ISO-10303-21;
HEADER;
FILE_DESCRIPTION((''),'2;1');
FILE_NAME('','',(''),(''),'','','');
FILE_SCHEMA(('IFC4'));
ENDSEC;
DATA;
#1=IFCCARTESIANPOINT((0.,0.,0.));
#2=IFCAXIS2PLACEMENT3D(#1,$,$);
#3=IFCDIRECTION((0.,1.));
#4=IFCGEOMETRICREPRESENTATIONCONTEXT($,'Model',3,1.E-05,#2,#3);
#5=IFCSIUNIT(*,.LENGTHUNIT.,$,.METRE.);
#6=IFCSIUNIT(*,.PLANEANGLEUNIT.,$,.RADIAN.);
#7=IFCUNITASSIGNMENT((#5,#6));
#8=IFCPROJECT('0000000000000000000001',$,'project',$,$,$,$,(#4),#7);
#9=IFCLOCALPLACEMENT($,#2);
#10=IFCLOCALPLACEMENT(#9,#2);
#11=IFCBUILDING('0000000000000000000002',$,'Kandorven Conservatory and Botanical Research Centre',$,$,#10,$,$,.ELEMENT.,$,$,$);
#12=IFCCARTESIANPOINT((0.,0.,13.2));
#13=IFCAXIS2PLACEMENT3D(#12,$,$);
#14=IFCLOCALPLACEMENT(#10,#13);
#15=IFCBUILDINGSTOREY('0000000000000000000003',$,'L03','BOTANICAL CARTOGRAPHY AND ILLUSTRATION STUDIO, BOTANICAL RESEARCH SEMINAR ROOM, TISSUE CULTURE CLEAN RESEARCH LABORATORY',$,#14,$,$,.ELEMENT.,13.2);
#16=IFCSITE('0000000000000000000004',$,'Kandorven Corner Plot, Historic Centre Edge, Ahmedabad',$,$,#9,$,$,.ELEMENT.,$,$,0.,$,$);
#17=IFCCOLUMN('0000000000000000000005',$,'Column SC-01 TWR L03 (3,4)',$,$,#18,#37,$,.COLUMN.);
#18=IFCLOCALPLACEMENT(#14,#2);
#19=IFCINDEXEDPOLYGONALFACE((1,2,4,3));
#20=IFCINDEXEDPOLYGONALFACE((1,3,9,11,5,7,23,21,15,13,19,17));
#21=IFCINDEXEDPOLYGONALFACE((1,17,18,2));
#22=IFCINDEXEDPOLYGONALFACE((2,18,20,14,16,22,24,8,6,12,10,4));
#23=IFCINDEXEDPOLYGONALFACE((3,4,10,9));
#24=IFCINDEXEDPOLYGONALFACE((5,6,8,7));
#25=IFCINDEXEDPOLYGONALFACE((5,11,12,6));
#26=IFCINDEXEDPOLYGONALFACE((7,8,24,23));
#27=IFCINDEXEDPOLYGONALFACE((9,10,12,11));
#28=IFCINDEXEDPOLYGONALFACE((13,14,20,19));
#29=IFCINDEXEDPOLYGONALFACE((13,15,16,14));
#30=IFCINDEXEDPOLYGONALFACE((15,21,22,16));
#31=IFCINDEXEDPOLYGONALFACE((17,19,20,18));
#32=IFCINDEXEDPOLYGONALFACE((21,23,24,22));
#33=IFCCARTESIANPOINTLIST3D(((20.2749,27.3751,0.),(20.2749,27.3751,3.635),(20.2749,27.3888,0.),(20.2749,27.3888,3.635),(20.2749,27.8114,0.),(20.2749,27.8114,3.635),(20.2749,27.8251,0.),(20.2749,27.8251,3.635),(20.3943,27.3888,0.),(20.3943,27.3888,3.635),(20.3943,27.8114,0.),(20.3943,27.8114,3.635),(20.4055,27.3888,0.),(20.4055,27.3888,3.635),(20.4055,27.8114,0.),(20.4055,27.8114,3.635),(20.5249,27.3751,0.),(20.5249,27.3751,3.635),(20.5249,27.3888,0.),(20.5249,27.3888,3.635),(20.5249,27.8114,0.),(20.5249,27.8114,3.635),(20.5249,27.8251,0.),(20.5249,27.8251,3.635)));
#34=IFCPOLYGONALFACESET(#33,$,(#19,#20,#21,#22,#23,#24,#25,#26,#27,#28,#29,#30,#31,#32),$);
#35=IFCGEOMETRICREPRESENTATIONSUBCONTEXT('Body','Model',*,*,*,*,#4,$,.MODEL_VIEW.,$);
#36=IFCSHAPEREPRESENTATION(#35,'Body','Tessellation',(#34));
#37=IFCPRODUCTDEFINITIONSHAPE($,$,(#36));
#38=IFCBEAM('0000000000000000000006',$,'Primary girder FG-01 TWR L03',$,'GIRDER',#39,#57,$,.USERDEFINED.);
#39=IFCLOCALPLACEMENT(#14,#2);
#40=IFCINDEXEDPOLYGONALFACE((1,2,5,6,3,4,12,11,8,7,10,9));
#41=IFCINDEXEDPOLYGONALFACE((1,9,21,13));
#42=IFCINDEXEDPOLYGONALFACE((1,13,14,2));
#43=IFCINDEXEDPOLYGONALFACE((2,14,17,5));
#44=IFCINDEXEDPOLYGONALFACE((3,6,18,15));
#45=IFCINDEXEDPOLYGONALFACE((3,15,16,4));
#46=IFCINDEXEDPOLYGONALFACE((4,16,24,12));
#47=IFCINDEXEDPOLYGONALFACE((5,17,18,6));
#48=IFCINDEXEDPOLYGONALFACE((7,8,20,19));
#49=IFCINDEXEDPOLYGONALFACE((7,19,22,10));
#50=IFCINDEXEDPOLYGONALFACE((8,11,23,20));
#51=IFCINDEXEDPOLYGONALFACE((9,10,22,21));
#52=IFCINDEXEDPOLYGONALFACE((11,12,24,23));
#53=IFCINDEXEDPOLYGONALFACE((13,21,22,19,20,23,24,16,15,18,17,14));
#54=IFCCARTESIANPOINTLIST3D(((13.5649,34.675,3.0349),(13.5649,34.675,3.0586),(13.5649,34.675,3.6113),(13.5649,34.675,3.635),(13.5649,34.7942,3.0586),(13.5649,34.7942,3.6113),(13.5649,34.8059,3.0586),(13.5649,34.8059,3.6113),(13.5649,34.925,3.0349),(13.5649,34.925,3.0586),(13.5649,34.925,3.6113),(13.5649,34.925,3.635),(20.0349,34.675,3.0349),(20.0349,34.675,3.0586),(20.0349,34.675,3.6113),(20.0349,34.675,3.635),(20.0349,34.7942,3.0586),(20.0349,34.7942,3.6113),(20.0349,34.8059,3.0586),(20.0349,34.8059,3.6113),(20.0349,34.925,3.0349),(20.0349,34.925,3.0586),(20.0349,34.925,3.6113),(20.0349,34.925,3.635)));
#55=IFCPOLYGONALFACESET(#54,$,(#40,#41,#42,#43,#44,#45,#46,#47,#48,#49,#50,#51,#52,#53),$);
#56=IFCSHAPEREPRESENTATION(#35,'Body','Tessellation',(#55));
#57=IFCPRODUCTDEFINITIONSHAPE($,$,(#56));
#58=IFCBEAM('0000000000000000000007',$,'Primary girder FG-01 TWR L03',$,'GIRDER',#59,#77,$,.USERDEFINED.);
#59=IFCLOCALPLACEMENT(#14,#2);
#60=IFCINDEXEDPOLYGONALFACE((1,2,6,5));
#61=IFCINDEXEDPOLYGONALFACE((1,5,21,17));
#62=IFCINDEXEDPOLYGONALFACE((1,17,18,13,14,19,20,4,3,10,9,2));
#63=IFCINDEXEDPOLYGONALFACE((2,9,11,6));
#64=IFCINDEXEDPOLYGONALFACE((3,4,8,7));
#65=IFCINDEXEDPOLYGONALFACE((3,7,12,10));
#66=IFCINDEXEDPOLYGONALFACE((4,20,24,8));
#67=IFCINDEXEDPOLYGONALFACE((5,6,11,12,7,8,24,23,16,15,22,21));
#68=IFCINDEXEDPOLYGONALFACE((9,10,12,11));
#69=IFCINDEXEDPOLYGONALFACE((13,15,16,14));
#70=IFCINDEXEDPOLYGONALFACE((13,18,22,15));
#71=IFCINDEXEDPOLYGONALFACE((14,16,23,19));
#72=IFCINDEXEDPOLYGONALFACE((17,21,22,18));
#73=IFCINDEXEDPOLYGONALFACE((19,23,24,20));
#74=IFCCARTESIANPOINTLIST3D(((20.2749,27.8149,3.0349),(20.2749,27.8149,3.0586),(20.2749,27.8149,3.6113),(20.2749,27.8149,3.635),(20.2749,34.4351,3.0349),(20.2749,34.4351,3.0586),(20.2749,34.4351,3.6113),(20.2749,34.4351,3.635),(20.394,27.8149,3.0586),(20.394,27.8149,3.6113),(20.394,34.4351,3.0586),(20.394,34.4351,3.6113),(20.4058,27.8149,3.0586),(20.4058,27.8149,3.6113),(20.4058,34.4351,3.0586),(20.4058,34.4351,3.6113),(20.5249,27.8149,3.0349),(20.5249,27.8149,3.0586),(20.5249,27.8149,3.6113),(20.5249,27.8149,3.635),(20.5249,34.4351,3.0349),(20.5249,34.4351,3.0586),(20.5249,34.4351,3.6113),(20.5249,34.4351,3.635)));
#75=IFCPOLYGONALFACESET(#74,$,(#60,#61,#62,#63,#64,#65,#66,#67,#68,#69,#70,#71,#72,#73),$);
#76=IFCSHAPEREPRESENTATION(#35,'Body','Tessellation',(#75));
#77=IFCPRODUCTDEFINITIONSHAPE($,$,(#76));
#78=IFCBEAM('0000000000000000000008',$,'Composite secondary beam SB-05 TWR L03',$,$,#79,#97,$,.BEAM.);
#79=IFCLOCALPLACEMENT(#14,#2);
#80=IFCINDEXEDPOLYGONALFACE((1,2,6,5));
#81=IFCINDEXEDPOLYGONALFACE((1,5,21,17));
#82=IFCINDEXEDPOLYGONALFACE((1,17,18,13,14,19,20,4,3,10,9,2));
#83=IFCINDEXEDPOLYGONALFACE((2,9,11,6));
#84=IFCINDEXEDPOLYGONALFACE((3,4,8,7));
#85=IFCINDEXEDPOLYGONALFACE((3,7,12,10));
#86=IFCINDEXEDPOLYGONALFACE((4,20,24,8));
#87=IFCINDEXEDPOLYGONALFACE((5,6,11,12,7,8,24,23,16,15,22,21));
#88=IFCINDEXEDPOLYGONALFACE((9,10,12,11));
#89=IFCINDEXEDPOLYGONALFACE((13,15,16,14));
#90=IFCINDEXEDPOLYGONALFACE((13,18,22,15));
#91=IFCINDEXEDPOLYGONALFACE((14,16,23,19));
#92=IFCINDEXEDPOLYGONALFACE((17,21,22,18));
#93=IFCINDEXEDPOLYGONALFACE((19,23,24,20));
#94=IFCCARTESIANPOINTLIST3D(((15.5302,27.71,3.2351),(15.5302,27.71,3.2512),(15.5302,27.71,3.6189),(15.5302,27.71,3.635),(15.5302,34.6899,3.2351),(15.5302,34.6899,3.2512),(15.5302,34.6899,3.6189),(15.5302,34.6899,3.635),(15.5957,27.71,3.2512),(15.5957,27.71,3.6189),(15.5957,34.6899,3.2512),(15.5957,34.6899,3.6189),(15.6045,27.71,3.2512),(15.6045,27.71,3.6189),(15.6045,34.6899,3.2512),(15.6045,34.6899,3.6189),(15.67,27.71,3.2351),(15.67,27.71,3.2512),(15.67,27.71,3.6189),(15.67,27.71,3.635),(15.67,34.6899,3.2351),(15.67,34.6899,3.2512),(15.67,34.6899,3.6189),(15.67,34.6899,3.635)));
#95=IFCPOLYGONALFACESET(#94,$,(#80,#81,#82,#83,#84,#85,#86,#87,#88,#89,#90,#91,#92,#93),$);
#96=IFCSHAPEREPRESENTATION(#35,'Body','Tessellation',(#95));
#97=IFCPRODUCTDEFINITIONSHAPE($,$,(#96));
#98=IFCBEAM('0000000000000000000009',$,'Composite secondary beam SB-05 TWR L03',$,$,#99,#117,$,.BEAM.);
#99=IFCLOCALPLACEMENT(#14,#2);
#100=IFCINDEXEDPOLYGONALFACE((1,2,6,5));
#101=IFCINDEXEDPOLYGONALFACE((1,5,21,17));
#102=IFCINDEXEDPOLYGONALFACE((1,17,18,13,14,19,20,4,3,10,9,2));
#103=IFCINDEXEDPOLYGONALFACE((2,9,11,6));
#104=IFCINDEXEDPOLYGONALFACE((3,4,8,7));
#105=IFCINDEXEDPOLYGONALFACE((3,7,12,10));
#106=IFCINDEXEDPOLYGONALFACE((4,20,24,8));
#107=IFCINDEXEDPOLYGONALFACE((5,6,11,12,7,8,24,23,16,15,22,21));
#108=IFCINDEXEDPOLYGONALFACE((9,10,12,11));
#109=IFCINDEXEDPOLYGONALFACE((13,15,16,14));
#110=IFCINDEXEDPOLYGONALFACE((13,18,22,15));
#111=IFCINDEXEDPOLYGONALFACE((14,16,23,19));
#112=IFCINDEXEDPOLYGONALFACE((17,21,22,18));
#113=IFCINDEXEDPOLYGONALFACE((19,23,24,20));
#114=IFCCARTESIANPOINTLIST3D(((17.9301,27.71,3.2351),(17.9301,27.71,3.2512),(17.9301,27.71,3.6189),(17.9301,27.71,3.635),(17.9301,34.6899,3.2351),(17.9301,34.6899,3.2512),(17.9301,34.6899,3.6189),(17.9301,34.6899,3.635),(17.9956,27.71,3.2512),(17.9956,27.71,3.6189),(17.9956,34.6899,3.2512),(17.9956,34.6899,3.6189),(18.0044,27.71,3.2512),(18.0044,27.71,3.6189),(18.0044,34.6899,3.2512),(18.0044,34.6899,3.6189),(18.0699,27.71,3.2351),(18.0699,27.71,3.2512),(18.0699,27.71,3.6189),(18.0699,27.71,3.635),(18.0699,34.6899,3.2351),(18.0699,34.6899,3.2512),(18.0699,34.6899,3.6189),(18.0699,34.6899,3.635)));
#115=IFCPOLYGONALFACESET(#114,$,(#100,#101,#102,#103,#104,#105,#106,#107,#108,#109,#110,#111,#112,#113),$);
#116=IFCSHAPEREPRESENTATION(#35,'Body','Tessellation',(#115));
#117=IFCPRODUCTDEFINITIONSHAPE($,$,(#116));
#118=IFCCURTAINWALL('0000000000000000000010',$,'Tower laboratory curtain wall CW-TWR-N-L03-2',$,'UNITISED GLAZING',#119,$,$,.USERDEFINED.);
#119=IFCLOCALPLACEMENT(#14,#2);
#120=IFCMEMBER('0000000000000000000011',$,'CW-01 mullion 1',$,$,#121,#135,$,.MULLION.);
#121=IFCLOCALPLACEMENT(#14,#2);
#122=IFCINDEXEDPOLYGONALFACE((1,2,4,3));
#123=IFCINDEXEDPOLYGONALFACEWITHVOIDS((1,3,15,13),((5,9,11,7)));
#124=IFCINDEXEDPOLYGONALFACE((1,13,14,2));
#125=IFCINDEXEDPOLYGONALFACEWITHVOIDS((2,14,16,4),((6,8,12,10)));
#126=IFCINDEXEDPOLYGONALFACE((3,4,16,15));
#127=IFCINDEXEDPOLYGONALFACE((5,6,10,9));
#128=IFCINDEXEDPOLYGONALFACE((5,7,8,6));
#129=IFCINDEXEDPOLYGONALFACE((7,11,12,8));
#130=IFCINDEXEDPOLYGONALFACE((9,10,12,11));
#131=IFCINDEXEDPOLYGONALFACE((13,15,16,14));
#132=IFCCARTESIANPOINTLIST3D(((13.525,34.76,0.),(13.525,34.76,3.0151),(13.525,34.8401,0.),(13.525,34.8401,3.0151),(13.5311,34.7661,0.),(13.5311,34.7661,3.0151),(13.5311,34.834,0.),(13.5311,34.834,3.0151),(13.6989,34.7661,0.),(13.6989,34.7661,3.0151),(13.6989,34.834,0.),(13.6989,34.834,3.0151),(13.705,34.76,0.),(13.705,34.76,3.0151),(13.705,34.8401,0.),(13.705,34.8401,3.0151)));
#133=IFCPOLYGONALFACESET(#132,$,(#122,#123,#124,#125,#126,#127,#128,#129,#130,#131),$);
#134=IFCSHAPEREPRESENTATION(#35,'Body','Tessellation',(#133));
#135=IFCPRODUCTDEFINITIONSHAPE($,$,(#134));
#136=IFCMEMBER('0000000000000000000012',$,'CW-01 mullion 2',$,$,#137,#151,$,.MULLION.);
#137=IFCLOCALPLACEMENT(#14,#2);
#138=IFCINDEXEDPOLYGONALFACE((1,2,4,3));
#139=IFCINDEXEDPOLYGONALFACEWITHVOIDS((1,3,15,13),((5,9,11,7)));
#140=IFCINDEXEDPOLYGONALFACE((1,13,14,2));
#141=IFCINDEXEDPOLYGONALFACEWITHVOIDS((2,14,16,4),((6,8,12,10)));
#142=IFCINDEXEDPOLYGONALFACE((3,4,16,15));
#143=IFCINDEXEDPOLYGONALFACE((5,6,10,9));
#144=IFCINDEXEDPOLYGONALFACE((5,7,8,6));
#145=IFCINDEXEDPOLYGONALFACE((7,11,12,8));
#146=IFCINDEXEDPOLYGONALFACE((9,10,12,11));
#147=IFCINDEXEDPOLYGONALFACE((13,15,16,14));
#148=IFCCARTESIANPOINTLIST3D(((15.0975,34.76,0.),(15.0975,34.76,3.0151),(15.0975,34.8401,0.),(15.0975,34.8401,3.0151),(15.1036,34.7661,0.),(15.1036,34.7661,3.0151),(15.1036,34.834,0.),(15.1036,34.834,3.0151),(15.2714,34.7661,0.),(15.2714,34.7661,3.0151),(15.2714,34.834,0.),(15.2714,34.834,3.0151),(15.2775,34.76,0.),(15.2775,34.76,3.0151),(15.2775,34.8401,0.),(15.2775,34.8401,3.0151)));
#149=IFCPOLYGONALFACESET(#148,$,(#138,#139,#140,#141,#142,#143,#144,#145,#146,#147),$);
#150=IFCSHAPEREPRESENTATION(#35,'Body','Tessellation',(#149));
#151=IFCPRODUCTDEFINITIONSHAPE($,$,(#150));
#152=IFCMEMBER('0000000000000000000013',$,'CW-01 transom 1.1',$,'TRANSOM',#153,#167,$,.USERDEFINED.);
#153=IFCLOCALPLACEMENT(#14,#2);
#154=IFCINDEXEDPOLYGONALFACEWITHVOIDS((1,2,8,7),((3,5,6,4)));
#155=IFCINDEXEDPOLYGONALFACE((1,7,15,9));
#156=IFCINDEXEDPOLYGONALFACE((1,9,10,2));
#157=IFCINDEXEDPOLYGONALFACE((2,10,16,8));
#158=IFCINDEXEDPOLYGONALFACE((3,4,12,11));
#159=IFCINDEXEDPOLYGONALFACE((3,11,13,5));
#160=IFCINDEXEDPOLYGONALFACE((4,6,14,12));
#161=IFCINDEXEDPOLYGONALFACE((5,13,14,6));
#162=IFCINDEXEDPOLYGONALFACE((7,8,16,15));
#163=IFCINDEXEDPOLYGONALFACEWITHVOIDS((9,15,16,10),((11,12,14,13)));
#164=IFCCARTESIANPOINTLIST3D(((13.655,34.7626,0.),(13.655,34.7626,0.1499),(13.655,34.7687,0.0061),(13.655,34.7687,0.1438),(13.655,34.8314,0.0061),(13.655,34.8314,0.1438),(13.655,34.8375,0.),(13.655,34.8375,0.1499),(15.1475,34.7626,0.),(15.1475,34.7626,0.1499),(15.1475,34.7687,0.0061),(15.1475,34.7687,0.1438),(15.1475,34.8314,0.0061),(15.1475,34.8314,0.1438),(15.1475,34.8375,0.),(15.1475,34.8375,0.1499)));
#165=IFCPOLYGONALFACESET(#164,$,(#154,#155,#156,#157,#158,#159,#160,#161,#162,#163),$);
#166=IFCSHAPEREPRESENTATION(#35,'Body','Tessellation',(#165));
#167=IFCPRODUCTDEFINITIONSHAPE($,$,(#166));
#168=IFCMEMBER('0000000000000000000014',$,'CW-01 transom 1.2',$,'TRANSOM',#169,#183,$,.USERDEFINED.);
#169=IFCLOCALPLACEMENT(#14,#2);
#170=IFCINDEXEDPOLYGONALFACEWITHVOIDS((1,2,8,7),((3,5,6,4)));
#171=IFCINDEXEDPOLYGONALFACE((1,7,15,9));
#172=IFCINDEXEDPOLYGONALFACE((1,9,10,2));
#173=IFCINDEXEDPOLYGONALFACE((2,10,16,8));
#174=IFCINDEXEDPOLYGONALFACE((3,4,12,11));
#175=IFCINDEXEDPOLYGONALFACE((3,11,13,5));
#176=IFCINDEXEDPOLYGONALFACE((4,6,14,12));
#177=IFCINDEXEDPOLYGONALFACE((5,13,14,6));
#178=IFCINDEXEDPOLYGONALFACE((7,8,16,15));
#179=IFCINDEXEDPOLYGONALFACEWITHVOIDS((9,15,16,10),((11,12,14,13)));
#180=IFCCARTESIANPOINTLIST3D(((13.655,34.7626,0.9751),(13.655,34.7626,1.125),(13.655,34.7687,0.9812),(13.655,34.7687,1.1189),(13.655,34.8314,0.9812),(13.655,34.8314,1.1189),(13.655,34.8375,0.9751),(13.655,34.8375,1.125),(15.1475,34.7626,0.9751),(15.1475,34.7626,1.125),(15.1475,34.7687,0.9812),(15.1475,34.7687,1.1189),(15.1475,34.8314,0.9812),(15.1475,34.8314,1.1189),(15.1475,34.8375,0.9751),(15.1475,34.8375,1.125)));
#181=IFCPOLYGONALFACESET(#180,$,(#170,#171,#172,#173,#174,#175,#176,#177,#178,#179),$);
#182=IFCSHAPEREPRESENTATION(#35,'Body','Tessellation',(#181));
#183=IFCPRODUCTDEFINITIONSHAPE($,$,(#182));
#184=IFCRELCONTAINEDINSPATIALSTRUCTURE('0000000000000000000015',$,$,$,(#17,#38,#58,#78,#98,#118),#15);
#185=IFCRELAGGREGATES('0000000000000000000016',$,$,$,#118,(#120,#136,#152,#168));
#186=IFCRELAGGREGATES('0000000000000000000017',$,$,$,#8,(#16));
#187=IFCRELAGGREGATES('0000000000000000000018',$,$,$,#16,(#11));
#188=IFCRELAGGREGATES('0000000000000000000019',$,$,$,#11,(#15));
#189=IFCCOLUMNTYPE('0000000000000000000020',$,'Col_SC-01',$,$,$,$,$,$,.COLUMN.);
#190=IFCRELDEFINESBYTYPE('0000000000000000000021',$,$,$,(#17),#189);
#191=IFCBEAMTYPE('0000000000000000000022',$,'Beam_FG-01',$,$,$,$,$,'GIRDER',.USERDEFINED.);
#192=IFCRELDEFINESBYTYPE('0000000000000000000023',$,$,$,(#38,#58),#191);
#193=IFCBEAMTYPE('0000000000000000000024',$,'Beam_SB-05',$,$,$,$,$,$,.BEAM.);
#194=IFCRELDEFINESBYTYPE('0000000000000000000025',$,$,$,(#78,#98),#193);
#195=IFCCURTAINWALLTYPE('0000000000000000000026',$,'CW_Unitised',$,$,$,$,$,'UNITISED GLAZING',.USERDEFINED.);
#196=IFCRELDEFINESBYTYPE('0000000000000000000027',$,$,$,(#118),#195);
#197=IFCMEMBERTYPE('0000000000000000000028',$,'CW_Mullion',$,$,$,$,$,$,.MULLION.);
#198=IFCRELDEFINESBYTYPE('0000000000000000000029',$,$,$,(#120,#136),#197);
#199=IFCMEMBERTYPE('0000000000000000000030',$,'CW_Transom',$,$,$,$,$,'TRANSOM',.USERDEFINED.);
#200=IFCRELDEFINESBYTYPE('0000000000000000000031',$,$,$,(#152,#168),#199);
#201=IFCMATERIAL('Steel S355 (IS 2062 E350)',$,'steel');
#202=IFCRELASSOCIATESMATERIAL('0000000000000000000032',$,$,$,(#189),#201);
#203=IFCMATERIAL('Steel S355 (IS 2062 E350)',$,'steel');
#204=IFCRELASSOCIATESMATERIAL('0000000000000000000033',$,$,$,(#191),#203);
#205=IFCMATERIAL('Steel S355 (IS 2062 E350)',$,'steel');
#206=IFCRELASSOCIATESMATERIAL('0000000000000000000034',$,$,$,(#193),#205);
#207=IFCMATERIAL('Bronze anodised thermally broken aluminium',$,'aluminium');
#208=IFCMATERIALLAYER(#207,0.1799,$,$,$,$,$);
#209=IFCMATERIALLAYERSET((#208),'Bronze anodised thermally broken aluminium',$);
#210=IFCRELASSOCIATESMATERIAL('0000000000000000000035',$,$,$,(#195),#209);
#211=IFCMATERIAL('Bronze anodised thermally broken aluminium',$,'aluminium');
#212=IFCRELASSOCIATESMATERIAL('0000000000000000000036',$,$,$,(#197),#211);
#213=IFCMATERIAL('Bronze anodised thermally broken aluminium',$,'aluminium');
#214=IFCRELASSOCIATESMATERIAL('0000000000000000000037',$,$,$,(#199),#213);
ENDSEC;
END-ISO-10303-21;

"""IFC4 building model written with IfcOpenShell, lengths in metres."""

from ifc_helpers import new_model, si_unit, direction, frame, origin, origin_2d, place, context, subcontext, project, spatial, hollow_rectangle, i_section, extrude, material, layer, layer_set, material_profile, profile_set, type_object, element, aggregate, save


model = new_model("IFC4")

# Units and contexts
model_context = context("Model", 3, precision=1e-05, world=origin(), true_north=direction((0.0, 1.0)))
body_context = subcontext(model_context, "Body", "Model", "MODEL_VIEW")
ifc_project = project(units=[si_unit("LENGTHUNIT", "METRE"), si_unit("PLANEANGLEUNIT", "RADIAN")], contexts=[model_context])

# Site, building, storey
site_placement = place(None, origin())
site = spatial("IfcSite", under=ifc_project, at=site_placement, Name="Kandorven Corner Plot, Historic Centre Edge, Ahmedabad", CompositionType="ELEMENT", RefElevation=0.0)
building_placement = place(site_placement, origin())
building = spatial("IfcBuilding", under=site, at=building_placement, Name="Kandorven Conservatory and Botanical Research Centre", CompositionType="ELEMENT")
storey_placement = place(building_placement, frame((0.0, 0.0, 13.2)))
storey = spatial("IfcBuildingStorey", under=building, at=storey_placement, Name="L03", Description="BOTANICAL CARTOGRAPHY AND ILLUSTRATION STUDIO, BOTANICAL RESEARCH SEMINAR ROOM, TISSUE CULTURE CLEAN RESEARCH LABORATORY", CompositionType="ELEMENT", Elevation=13.2)

# Column
ifc_material_1 = material(Name="Steel S355 (IS 2062 E350)", Category="steel")
ifc_material_profile_1 = material_profile(ifc_material_1, i_section(OverallWidth=0.25, OverallDepth=0.45, WebThickness=0.0112, FlangeThickness=0.0137, at=origin_2d()))
ifc_profile_set_1 = profile_set([ifc_material_profile_1], Name="Steel S355 (IS 2062 E350)")
column_type = type_object("IfcColumnType", Name="Col_SC-01", PredefinedType="COLUMN", material=ifc_profile_set_1)
column_placement = place(storey_placement, frame((20.3999, 27.6001, 0.0), z_axis=(0.0, 0.0, 1.0), x_axis=(1.0, 0.0, 0.0)))
element("IfcColumn", 1, at=column_placement, inside=storey, type_object=column_type, Name="Column SC-01 TWR L03 (3,4)", PredefinedType="COLUMN", context=body_context, shape_type="SweptSolid", body=[
    extrude(i_section(OverallWidth=0.25, OverallDepth=0.45, WebThickness=0.0112, FlangeThickness=0.0137, at=origin_2d()), origin(), (0.0, 0.0, 1.0), 3.635),
])

# Beams
ifc_material_2 = material(Name="Steel S355 (IS 2062 E350)", Category="steel")
ifc_material_profile_2 = material_profile(ifc_material_2, i_section(OverallWidth=0.25, OverallDepth=0.6001, WebThickness=0.0117, FlangeThickness=0.0237, at=origin_2d()))
ifc_profile_set_2 = profile_set([ifc_material_profile_2], Name="Steel S355 (IS 2062 E350)")
beam_type_1 = type_object("IfcBeamType", Name="Beam_FG-01", ElementType="GIRDER", PredefinedType="USERDEFINED", material=ifc_profile_set_2)
beam_1_placement = place(storey_placement, frame((13.5649, 34.8, 3.335), z_axis=(1.0, 0.0, 0.0), x_axis=(0.0, 1.0, 0.0)))
element("IfcBeam", 2, at=beam_1_placement, inside=storey, type_object=beam_type_1, Name="Primary girder FG-01 TWR L03", ObjectType="GIRDER", PredefinedType="USERDEFINED", context=body_context, shape_type="SweptSolid", body=[
    extrude(i_section(OverallWidth=0.25, OverallDepth=0.6001, WebThickness=0.0117, FlangeThickness=0.0237, at=origin_2d()), origin(), (0.0, 0.0, 1.0), 6.47),
])
beam_2_placement = place(storey_placement, frame((20.3999, 27.8149, 3.335), z_axis=(0.0, 1.0, 0.0), x_axis=(-1.0, 0.0, 0.0)))
element("IfcBeam", 3, at=beam_2_placement, inside=storey, type_object=beam_type_1, Name="Primary girder FG-01 TWR L03", ObjectType="GIRDER", PredefinedType="USERDEFINED", context=body_context, shape_type="SweptSolid", body=[
    extrude(i_section(OverallWidth=0.25, OverallDepth=0.6001, WebThickness=0.0117, FlangeThickness=0.0237, at=origin_2d()), origin(), (0.0, 0.0, 1.0), 6.6201),
])
ifc_material_3 = material(Name="Steel S355 (IS 2062 E350)", Category="steel")
ifc_material_profile_3 = material_profile(ifc_material_3, i_section(OverallWidth=0.1399, OverallDepth=0.3999, WebThickness=0.0088, FlangeThickness=0.0161, at=origin_2d()))
ifc_profile_set_3 = profile_set([ifc_material_profile_3], Name="Steel S355 (IS 2062 E350)")
beam_type_2 = type_object("IfcBeamType", Name="Beam_SB-05", PredefinedType="BEAM", material=ifc_profile_set_3)
for number, where, z_axis, x_axis, name in (
    (4, (15.6001, 27.71, 3.4351), (0.0, 1.0, 0.0), (-1.0, 0.0, 0.0), "Composite secondary beam SB-05 TWR L03"),
    (5, (18.0, 27.71, 3.4351), (0.0, 1.0, 0.0), (-1.0, 0.0, 0.0), "Composite secondary beam SB-05 TWR L03"),
):
    element("IfcBeam", number, at=place(storey_placement, frame(where, z_axis=z_axis, x_axis=x_axis)), inside=storey, type_object=beam_type_2, Name=name, PredefinedType="BEAM", context=body_context, shape_type="SweptSolid", body=[
        extrude(i_section(OverallWidth=0.1399, OverallDepth=0.3999, WebThickness=0.0088, FlangeThickness=0.0161, at=origin_2d()), origin(), (0.0, 0.0, 1.0), 6.98),
    ])

# Curtain wall, members
ifc_material_4 = material(Name="Bronze anodised thermally broken aluminium", Category="aluminium")
ifc_layer_1 = layer(ifc_material_4, 0.1799)
ifc_layer_set_1 = layer_set([ifc_layer_1], Name="Bronze anodised thermally broken aluminium")
curtain_wall_type = type_object("IfcCurtainWallType", Name="CW_Unitised", ElementType="UNITISED GLAZING", PredefinedType="USERDEFINED", material=ifc_layer_set_1)
curtain_wall_placement = place(storey_placement, origin())
curtain_wall = element("IfcCurtainWall", 6, at=curtain_wall_placement, inside=storey, type_object=curtain_wall_type, Name="Tower laboratory curtain wall CW-TWR-N-L03-2", ObjectType="UNITISED GLAZING", PredefinedType="USERDEFINED")
ifc_material_5 = material(Name="Bronze anodised thermally broken aluminium", Category="aluminium")
ifc_material_profile_4 = material_profile(ifc_material_5, hollow_rectangle(XDim=0.0801, YDim=0.1799, WallThickness=0.0061, at=origin_2d()))
ifc_profile_set_4 = profile_set([ifc_material_profile_4], Name="Bronze anodised thermally broken aluminium")
member_type_1 = type_object("IfcMemberType", Name="CW_Mullion", PredefinedType="MULLION", material=ifc_profile_set_4)
member_1_placement = place(storey_placement, frame((13.615, 34.8, 0.0), z_axis=(0.0, 0.0, 1.0), x_axis=(0.0, 1.0, 0.0)))
member_1 = element("IfcMember", 7, at=member_1_placement, type_object=member_type_1, Name="CW-01 mullion 1", PredefinedType="MULLION", context=body_context, shape_type="SweptSolid", body=[
    extrude(hollow_rectangle(XDim=0.0801, YDim=0.1799, WallThickness=0.0061, at=origin_2d()), origin(), (0.0, 0.0, 1.0), 3.0151),
])
member_2_placement = place(storey_placement, frame((15.1875, 34.8, 0.0), z_axis=(0.0, 0.0, 1.0), x_axis=(0.0, 1.0, 0.0)))
member_2 = element("IfcMember", 8, at=member_2_placement, type_object=member_type_1, Name="CW-01 mullion 2", PredefinedType="MULLION", context=body_context, shape_type="SweptSolid", body=[
    extrude(hollow_rectangle(XDim=0.0801, YDim=0.1799, WallThickness=0.0061, at=origin_2d()), origin(), (0.0, 0.0, 1.0), 3.0151),
])
ifc_material_6 = material(Name="Bronze anodised thermally broken aluminium", Category="aluminium")
ifc_material_profile_5 = material_profile(ifc_material_6, hollow_rectangle(XDim=0.075, YDim=0.1499, WallThickness=0.0061, at=origin_2d()))
ifc_profile_set_5 = profile_set([ifc_material_profile_5], Name="Bronze anodised thermally broken aluminium")
member_type_2 = type_object("IfcMemberType", Name="CW_Transom", ElementType="TRANSOM", PredefinedType="USERDEFINED", material=ifc_profile_set_5)
member_3_placement = place(storey_placement, frame((13.655, 34.8, 0.075), z_axis=(1.0, 0.0, 0.0), x_axis=(0.0, 1.0, 0.0)))
member_3 = element("IfcMember", 9, at=member_3_placement, type_object=member_type_2, Name="CW-01 transom 1.1", ObjectType="TRANSOM", PredefinedType="USERDEFINED", context=body_context, shape_type="SweptSolid", body=[
    extrude(hollow_rectangle(XDim=0.075, YDim=0.1499, WallThickness=0.0061, at=origin_2d()), origin(), (0.0, 0.0, 1.0), 1.4924),
])
member_4_placement = place(storey_placement, frame((13.655, 34.8, 1.05), z_axis=(1.0, 0.0, 0.0), x_axis=(0.0, 1.0, 0.0)))
member_4 = element("IfcMember", 10, at=member_4_placement, type_object=member_type_2, Name="CW-01 transom 1.2", ObjectType="TRANSOM", PredefinedType="USERDEFINED", context=body_context, shape_type="SweptSolid", body=[
    extrude(hollow_rectangle(XDim=0.075, YDim=0.1499, WallThickness=0.0061, at=origin_2d()), origin(), (0.0, 0.0, 1.0), 1.4924),
])
aggregate(curtain_wall, [member_1, member_2, member_3, member_4])

save(model, "model.ifc")
